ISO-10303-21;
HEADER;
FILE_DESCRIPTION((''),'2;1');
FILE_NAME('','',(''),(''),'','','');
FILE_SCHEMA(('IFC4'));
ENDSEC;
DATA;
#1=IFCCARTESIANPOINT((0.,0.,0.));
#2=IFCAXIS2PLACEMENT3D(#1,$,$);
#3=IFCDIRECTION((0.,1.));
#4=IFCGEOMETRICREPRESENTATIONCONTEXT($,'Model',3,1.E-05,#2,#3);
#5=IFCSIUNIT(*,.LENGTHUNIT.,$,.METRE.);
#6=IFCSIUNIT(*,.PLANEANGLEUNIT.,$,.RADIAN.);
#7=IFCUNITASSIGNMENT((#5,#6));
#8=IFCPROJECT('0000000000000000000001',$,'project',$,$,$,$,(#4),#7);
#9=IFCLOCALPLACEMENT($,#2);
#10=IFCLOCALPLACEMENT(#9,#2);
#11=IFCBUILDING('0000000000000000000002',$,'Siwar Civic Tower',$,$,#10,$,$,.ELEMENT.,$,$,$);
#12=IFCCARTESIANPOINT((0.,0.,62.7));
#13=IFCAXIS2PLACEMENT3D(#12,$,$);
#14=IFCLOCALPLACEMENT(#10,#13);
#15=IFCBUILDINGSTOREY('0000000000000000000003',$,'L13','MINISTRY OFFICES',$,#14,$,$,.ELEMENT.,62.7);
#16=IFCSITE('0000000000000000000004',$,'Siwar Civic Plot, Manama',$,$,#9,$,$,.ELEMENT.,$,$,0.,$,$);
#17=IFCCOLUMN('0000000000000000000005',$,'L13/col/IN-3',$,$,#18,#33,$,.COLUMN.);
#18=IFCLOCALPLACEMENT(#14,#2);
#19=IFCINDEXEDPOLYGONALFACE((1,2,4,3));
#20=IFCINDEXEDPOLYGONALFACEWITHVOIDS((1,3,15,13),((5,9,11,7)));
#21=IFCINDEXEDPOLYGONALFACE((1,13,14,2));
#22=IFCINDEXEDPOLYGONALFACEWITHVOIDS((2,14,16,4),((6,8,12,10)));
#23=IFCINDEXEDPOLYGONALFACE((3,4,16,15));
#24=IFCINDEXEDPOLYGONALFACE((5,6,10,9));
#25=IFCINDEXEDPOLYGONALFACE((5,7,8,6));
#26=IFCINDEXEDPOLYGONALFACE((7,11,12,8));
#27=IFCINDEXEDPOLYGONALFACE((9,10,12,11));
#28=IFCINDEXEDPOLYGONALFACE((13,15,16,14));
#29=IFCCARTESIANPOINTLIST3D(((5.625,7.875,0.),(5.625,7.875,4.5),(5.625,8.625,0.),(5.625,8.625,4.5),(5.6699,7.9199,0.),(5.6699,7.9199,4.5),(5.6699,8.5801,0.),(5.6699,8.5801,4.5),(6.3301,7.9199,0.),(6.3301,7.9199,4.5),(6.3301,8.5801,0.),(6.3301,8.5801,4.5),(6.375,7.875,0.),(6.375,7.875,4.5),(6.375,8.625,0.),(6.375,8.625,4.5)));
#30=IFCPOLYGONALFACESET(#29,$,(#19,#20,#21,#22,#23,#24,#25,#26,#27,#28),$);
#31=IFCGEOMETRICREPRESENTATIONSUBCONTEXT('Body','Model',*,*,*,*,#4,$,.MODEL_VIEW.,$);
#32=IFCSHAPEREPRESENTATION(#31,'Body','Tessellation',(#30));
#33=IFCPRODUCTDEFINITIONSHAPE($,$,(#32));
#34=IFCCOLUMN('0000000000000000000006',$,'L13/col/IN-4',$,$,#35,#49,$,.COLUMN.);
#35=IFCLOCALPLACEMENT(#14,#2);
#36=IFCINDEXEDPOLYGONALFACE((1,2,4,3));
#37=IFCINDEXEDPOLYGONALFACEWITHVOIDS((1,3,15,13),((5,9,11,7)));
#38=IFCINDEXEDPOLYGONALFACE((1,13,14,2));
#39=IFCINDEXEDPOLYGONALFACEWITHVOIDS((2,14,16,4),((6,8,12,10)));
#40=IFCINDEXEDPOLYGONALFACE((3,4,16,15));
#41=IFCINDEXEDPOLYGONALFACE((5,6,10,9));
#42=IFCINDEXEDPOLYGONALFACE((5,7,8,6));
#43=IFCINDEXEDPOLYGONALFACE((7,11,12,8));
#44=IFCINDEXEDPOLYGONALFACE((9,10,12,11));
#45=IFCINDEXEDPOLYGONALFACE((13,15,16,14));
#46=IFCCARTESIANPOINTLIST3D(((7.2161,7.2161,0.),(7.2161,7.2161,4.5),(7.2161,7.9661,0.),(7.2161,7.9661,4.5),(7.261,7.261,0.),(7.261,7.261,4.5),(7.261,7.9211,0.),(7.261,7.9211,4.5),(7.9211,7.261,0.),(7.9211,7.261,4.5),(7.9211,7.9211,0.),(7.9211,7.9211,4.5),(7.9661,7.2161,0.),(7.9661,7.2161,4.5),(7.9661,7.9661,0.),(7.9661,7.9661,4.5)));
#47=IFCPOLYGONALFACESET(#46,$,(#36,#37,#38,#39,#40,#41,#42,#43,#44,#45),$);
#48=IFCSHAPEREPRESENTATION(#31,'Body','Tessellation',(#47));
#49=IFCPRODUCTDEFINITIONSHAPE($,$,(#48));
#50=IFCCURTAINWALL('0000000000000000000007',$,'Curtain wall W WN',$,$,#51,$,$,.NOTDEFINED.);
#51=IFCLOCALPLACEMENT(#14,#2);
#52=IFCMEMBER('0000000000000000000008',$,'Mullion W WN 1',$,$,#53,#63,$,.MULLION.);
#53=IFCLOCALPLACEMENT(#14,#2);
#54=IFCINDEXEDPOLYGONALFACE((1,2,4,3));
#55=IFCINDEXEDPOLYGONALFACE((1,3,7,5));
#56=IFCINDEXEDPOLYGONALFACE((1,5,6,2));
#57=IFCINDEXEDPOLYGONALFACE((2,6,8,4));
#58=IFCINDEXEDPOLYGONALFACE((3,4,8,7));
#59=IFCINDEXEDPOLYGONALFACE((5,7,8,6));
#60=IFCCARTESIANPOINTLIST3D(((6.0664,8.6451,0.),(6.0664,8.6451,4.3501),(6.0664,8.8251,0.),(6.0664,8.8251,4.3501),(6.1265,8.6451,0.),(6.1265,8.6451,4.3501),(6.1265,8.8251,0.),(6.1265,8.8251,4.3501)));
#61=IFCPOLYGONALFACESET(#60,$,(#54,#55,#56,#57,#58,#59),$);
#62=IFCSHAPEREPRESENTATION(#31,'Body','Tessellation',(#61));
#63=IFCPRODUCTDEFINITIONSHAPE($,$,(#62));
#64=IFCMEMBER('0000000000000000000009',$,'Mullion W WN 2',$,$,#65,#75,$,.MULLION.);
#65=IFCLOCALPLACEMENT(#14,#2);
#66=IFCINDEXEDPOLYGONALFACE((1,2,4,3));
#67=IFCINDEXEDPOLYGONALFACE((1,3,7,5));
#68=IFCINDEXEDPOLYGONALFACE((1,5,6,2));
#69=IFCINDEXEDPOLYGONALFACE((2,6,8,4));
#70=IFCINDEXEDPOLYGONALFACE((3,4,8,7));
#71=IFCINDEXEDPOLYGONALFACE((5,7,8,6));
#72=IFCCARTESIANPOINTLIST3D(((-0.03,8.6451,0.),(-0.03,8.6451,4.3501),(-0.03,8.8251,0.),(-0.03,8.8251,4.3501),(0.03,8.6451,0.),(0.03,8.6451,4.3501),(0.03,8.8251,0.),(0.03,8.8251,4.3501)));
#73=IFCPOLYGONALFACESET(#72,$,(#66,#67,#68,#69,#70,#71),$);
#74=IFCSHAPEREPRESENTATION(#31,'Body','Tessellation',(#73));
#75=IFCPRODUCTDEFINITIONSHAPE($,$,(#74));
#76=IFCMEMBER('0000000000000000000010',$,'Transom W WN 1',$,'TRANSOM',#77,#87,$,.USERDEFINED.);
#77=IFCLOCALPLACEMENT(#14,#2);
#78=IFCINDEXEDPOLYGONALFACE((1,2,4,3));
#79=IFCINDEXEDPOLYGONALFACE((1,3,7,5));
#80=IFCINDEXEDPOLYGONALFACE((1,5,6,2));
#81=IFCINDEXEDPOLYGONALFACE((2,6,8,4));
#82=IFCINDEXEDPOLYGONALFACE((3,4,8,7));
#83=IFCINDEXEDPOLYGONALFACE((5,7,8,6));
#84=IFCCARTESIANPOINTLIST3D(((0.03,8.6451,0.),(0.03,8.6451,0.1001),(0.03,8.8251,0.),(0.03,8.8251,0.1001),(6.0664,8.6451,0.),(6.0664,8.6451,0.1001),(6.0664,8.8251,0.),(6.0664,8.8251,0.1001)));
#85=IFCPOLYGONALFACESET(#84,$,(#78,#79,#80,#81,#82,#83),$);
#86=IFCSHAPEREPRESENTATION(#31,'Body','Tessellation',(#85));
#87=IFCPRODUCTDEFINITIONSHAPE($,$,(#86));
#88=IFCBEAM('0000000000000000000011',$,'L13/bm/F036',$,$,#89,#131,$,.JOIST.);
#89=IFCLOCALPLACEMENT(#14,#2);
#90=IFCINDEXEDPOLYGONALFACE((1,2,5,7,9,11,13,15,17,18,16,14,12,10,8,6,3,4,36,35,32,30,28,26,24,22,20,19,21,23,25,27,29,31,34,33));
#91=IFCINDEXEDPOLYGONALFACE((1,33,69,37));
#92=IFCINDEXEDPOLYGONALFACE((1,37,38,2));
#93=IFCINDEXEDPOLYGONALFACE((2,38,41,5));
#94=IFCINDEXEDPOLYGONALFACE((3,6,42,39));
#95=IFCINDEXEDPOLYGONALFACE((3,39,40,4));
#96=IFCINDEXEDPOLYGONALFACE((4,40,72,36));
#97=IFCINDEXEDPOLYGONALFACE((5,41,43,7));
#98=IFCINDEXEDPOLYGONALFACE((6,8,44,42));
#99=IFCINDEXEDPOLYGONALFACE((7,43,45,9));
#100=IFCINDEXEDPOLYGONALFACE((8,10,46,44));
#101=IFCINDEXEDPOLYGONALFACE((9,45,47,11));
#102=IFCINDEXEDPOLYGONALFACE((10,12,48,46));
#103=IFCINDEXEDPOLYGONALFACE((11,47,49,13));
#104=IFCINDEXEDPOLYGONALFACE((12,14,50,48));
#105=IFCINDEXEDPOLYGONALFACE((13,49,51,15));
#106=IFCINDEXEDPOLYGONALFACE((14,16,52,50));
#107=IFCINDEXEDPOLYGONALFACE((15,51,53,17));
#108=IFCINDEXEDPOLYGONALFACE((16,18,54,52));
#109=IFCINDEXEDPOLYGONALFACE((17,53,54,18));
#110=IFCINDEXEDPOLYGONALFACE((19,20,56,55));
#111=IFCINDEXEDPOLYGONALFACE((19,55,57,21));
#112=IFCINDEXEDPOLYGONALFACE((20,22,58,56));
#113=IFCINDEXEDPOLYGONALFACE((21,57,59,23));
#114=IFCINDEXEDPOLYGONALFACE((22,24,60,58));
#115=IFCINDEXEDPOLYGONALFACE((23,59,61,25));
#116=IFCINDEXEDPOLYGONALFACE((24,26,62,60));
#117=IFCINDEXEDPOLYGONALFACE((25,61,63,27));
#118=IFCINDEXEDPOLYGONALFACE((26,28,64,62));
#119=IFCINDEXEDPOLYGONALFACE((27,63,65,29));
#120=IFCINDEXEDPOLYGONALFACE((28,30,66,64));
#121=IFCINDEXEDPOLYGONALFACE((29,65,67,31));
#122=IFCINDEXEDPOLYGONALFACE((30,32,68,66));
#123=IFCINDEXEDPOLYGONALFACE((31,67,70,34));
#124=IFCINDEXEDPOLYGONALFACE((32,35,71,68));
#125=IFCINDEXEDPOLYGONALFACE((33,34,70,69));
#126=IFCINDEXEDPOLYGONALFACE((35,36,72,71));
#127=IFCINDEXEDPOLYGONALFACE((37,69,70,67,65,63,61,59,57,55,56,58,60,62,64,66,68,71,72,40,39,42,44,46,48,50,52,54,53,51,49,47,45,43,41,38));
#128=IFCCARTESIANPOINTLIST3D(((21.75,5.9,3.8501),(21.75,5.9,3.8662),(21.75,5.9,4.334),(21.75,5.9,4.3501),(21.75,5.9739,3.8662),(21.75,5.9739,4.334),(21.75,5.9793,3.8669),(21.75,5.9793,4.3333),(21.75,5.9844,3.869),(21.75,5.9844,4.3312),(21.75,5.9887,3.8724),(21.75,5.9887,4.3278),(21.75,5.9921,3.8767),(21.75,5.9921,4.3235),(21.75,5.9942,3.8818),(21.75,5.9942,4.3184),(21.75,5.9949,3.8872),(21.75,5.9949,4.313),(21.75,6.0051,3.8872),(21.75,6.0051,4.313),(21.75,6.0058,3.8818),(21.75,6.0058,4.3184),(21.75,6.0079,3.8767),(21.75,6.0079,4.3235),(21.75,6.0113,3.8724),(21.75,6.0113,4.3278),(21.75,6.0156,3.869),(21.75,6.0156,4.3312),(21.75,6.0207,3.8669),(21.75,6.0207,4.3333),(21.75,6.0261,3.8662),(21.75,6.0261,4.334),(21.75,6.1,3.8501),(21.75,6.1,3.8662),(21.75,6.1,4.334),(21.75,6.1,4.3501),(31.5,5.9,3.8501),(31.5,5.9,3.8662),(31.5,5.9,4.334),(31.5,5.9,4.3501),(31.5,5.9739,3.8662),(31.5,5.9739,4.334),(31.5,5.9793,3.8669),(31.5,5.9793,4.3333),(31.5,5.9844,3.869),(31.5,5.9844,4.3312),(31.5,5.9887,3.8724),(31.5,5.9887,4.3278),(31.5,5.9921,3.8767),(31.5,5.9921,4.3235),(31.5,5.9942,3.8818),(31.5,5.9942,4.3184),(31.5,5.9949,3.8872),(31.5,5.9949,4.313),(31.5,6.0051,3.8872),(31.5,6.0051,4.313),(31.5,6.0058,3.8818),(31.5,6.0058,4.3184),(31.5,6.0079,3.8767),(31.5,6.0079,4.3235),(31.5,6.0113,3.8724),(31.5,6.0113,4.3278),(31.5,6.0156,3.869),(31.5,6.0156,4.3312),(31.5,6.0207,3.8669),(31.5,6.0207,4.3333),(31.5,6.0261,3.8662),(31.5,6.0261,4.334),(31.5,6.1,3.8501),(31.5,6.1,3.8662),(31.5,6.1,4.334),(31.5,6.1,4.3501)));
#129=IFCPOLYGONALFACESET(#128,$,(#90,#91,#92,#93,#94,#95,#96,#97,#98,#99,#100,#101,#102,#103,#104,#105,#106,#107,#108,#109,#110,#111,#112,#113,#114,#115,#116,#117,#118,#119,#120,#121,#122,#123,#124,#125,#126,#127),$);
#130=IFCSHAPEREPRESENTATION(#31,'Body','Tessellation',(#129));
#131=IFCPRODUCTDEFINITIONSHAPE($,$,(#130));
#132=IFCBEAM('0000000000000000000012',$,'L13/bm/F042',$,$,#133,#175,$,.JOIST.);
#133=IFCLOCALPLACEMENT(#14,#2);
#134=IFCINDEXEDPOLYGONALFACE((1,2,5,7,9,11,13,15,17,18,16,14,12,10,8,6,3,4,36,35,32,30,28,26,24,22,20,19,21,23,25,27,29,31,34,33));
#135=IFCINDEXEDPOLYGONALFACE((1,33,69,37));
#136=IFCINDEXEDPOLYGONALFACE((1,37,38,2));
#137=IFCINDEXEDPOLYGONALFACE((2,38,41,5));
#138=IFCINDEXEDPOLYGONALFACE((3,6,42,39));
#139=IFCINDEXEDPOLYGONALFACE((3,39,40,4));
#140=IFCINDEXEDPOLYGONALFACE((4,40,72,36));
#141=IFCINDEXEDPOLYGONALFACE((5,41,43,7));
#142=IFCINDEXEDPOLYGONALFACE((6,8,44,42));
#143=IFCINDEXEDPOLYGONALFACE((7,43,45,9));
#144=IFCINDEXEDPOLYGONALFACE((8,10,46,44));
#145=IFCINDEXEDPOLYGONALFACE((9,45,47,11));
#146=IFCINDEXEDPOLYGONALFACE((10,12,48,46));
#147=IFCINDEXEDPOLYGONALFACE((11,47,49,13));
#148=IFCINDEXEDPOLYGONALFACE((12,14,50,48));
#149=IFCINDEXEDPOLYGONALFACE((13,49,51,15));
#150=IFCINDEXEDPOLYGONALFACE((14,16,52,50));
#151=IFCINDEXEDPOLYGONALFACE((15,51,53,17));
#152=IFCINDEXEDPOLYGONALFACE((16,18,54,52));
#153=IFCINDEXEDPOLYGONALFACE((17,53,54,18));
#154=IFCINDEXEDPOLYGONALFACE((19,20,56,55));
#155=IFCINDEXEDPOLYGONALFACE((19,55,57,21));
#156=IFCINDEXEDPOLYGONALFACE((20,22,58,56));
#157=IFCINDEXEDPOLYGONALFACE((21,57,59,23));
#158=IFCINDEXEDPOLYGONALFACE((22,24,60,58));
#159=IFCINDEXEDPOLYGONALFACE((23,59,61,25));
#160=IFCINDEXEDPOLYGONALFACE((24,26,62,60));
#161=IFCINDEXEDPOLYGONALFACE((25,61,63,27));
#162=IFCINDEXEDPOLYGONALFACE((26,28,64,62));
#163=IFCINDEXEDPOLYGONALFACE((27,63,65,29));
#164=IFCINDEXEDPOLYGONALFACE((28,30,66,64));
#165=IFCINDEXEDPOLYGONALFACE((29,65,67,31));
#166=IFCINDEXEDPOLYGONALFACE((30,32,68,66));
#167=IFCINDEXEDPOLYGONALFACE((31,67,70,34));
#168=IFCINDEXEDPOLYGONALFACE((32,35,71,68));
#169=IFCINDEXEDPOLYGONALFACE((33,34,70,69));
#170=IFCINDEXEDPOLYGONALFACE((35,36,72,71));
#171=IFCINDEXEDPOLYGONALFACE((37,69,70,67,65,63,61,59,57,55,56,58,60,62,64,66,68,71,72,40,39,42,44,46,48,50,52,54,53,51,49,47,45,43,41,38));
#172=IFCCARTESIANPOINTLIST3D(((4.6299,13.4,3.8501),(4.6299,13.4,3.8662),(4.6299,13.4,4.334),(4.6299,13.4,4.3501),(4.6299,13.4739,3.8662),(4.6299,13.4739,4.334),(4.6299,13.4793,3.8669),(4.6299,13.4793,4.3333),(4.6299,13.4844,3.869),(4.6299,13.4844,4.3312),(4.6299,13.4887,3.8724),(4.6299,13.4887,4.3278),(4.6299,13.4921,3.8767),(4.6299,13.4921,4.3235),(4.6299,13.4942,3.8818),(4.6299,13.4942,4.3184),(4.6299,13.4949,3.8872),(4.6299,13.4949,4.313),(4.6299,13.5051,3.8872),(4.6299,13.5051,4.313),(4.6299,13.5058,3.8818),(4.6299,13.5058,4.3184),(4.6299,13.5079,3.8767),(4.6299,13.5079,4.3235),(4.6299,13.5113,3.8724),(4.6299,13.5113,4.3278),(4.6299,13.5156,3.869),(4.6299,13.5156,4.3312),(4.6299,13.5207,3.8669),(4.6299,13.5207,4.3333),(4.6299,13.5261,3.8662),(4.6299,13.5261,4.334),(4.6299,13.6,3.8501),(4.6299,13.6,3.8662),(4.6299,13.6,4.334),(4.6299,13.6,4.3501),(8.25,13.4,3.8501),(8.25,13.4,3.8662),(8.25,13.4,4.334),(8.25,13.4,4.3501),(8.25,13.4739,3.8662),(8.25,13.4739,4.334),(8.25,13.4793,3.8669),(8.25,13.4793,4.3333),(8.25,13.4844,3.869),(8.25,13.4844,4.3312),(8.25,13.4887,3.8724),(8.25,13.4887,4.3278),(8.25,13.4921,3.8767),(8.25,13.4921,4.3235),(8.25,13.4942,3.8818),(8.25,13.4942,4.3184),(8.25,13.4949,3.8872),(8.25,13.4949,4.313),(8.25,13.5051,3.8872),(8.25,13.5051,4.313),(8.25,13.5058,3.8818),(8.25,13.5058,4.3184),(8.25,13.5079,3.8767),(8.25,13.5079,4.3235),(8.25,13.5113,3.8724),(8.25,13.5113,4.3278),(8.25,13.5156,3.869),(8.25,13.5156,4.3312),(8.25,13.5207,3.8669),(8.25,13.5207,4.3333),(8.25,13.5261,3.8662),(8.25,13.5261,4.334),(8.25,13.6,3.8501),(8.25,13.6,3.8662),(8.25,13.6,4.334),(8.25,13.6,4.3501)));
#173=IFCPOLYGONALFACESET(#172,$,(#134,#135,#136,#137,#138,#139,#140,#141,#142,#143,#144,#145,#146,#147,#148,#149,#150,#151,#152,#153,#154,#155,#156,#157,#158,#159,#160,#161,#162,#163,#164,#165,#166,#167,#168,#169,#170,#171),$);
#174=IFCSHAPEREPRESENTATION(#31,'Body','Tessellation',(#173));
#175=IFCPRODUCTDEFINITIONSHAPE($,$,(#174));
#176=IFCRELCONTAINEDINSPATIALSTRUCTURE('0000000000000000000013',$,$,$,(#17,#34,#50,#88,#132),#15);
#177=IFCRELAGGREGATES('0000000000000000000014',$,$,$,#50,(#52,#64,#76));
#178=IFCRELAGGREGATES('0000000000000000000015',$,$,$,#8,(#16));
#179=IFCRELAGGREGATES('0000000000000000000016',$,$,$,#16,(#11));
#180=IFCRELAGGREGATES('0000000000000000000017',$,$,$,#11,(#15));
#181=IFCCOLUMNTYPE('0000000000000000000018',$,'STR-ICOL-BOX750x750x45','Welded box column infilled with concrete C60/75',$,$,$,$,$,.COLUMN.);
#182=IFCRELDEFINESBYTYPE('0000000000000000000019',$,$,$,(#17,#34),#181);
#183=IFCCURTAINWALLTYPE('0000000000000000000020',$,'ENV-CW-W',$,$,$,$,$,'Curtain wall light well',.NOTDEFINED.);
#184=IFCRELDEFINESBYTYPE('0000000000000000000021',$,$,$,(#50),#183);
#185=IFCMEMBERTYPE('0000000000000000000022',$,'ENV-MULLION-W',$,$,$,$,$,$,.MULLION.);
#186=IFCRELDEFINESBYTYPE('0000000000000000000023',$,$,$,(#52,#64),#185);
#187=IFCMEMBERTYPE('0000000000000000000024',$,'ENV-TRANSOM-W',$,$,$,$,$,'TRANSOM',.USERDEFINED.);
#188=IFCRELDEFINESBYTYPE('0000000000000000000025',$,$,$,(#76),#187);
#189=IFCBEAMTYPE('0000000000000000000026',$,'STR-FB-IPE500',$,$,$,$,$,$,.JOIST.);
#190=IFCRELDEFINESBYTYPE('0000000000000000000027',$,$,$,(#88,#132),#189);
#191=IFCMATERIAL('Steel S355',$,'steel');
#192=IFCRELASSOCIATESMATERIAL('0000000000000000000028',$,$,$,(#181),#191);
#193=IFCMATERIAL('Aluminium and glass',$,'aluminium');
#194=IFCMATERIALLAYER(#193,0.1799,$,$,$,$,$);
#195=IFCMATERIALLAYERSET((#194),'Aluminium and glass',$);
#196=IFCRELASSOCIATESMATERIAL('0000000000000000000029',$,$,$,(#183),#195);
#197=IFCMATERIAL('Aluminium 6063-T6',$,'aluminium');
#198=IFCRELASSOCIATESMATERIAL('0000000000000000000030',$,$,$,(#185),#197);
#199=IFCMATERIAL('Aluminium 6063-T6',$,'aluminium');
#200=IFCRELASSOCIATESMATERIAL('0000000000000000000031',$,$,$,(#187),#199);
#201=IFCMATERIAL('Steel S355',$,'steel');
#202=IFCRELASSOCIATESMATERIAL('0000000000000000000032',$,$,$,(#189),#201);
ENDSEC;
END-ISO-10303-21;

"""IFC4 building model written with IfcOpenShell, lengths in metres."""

from ifc_helpers import new_model, si_unit, direction, frame, origin, origin_2d, place, context, subcontext, project, spatial, rectangle, hollow_rectangle, i_section, extrude, material, layer, layer_set, material_profile, profile_set, type_object, element, aggregate, save


model = new_model("IFC4")

# Units and contexts
model_context = context("Model", 3, precision=1e-05, world=origin(), true_north=direction((0.0, 1.0)))
body_context = subcontext(model_context, "Body", "Model", "MODEL_VIEW")
ifc_project = project(units=[si_unit("LENGTHUNIT", "METRE"), si_unit("PLANEANGLEUNIT", "RADIAN")], contexts=[model_context])

# Site, building, storey
site_placement = place(None, origin())
site = spatial("IfcSite", under=ifc_project, at=site_placement, Name="Siwar Civic Plot, Manama", CompositionType="ELEMENT", RefElevation=0.0)
building_placement = place(site_placement, origin())
building = spatial("IfcBuilding", under=site, at=building_placement, Name="Siwar Civic Tower", CompositionType="ELEMENT")
storey_placement = place(building_placement, frame((0.0, 0.0, 62.7)))
storey = spatial("IfcBuildingStorey", under=building, at=storey_placement, Name="L13", Description="MINISTRY OFFICES", CompositionType="ELEMENT", Elevation=62.7)

# Columns
ifc_material_1 = material(Name="Steel S355", Category="steel")
ifc_material_profile_1 = material_profile(ifc_material_1, hollow_rectangle(XDim=0.75, YDim=0.75, WallThickness=0.0449, at=origin_2d()), Name="BOX750x750x45")
ifc_profile_set_1 = profile_set([ifc_material_profile_1], Name="Steel S355")
column_type = type_object("IfcColumnType", Name="STR-ICOL-BOX750x750x45", Description="Welded box column infilled with concrete C60/75", PredefinedType="COLUMN", material=ifc_profile_set_1)
for number, where, z_axis, x_axis, name in (
    (1, (6.0, 8.25, 0.0), (0.0, 0.0, 1.0), (1.0, 0.0, 0.0), "L13/col/IN-3"),
    (2, (7.5911, 7.5911, 0.0), (0.0, 0.0, 1.0), (1.0, 0.0, 0.0), "L13/col/IN-4"),
):
    element("IfcColumn", number, at=place(storey_placement, frame(where, z_axis=z_axis, x_axis=x_axis)), inside=storey, type_object=column_type, Name=name, PredefinedType="COLUMN", context=body_context, shape_type="SweptSolid", body=[
        extrude(hollow_rectangle(XDim=0.75, YDim=0.75, WallThickness=0.0449, at=origin_2d()), origin(), (0.0, 0.0, 1.0), 4.5),
    ])

# Curtain wall, members
ifc_material_2 = material(Name="Aluminium and glass", Category="aluminium")
ifc_layer_1 = layer(ifc_material_2, 0.1799)
ifc_layer_set_1 = layer_set([ifc_layer_1], Name="Aluminium and glass")
curtain_wall_type = type_object("IfcCurtainWallType", Name="ENV-CW-W", ElementType="Curtain wall light well", PredefinedType="NOTDEFINED", material=ifc_layer_set_1)
curtain_wall_placement = place(storey_placement, origin())
curtain_wall = element("IfcCurtainWall", 3, at=curtain_wall_placement, inside=storey, type_object=curtain_wall_type, Name="Curtain wall W WN", PredefinedType="NOTDEFINED")
ifc_material_3 = material(Name="Aluminium 6063-T6", Category="aluminium")
ifc_material_profile_2 = material_profile(ifc_material_3, rectangle(XDim=0.1799, YDim=0.0601, at=origin_2d()), Name="AL 180x60")
ifc_profile_set_2 = profile_set([ifc_material_profile_2], Name="Aluminium 6063-T6")
member_type_1 = type_object("IfcMemberType", Name="ENV-MULLION-W", PredefinedType="MULLION", material=ifc_profile_set_2)
member_1_placement = place(storey_placement, frame((6.0964, 8.7351, 0.0), z_axis=(0.0, 0.0, 1.0), x_axis=(0.0, -1.0, 0.0)))
member_1 = element("IfcMember", 4, at=member_1_placement, type_object=member_type_1, Name="Mullion W WN 1", PredefinedType="MULLION", context=body_context, shape_type="SweptSolid", body=[
    extrude(rectangle(XDim=0.1799, YDim=0.0601, at=origin_2d()), origin(), (0.0, 0.0, 1.0), 4.3501),
])
member_2_placement = place(storey_placement, frame((0.0, 8.7351, 0.0), z_axis=(0.0, 0.0, 1.0), x_axis=(0.0, -1.0, 0.0)))
member_2 = element("IfcMember", 5, at=member_2_placement, type_object=member_type_1, Name="Mullion W WN 2", PredefinedType="MULLION", context=body_context, shape_type="SweptSolid", body=[
    extrude(rectangle(XDim=0.1799, YDim=0.0601, at=origin_2d()), origin(), (0.0, 0.0, 1.0), 4.3501),
])
ifc_material_4 = material(Name="Aluminium 6063-T6", Category="aluminium")
ifc_material_profile_3 = material_profile(ifc_material_4, rectangle(XDim=0.1799, YDim=0.1001, at=origin_2d()), Name="AL 180x100")
ifc_profile_set_3 = profile_set([ifc_material_profile_3], Name="Aluminium 6063-T6")
member_type_2 = type_object("IfcMemberType", Name="ENV-TRANSOM-W", ElementType="TRANSOM", PredefinedType="USERDEFINED", material=ifc_profile_set_3)
member_3_placement = place(storey_placement, frame((6.0664, 8.7351, 0.05), z_axis=(-1.0, 0.0, 0.0), x_axis=(0.0, -1.0, 0.0)))
member_3 = element("IfcMember", 6, at=member_3_placement, type_object=member_type_2, Name="Transom W WN 1", ObjectType="TRANSOM", PredefinedType="USERDEFINED", context=body_context, shape_type="SweptSolid", body=[
    extrude(rectangle(XDim=0.1799, YDim=0.1001, at=origin_2d()), origin(), (0.0, 0.0, 1.0), 6.0364),
])

# Beams
ifc_material_5 = material(Name="Steel S355", Category="steel")
ifc_material_profile_4 = material_profile(ifc_material_5, i_section(OverallWidth=0.2, OverallDepth=0.5, WebThickness=0.0103, FlangeThickness=0.0161, FilletRadius=0.021, at=origin_2d()), Name="IPE500")
ifc_profile_set_4 = profile_set([ifc_material_profile_4], Name="Steel S355")
beam_type_1 = type_object("IfcBeamType", Name="STR-FB-IPE500", PredefinedType="JOIST", material=ifc_profile_set_4)
beam_1_placement = place(storey_placement, frame((21.75, 6.0, 4.1001), z_axis=(1.0, 0.0, 0.0), x_axis=(0.0, 1.0, 0.0)))
element("IfcBeam", 7, at=beam_1_placement, inside=storey, type_object=beam_type_1, Name="L13/bm/F036", PredefinedType="JOIST", context=body_context, shape_type="SweptSolid", body=[
    extrude(i_section(OverallWidth=0.2, OverallDepth=0.5, WebThickness=0.0103, FlangeThickness=0.0161, FilletRadius=0.021, at=origin_2d()), origin(), (0.0, 0.0, 1.0), 9.75),
])
beam_2_placement = place(storey_placement, frame((4.6299, 13.5, 4.1001), z_axis=(1.0, 0.0, 0.0), x_axis=(0.0, 1.0, 0.0)))
element("IfcBeam", 8, at=beam_2_placement, inside=storey, type_object=beam_type_1, Name="L13/bm/F042", PredefinedType="JOIST", context=body_context, shape_type="SweptSolid", body=[
    extrude(i_section(OverallWidth=0.2, OverallDepth=0.5, WebThickness=0.0103, FlangeThickness=0.0161, FilletRadius=0.021, at=origin_2d()), origin(), (0.0, 0.0, 1.0), 3.6201),
])

aggregate(curtain_wall, [member_1, member_2, member_3])

save(model, "model.ifc")
